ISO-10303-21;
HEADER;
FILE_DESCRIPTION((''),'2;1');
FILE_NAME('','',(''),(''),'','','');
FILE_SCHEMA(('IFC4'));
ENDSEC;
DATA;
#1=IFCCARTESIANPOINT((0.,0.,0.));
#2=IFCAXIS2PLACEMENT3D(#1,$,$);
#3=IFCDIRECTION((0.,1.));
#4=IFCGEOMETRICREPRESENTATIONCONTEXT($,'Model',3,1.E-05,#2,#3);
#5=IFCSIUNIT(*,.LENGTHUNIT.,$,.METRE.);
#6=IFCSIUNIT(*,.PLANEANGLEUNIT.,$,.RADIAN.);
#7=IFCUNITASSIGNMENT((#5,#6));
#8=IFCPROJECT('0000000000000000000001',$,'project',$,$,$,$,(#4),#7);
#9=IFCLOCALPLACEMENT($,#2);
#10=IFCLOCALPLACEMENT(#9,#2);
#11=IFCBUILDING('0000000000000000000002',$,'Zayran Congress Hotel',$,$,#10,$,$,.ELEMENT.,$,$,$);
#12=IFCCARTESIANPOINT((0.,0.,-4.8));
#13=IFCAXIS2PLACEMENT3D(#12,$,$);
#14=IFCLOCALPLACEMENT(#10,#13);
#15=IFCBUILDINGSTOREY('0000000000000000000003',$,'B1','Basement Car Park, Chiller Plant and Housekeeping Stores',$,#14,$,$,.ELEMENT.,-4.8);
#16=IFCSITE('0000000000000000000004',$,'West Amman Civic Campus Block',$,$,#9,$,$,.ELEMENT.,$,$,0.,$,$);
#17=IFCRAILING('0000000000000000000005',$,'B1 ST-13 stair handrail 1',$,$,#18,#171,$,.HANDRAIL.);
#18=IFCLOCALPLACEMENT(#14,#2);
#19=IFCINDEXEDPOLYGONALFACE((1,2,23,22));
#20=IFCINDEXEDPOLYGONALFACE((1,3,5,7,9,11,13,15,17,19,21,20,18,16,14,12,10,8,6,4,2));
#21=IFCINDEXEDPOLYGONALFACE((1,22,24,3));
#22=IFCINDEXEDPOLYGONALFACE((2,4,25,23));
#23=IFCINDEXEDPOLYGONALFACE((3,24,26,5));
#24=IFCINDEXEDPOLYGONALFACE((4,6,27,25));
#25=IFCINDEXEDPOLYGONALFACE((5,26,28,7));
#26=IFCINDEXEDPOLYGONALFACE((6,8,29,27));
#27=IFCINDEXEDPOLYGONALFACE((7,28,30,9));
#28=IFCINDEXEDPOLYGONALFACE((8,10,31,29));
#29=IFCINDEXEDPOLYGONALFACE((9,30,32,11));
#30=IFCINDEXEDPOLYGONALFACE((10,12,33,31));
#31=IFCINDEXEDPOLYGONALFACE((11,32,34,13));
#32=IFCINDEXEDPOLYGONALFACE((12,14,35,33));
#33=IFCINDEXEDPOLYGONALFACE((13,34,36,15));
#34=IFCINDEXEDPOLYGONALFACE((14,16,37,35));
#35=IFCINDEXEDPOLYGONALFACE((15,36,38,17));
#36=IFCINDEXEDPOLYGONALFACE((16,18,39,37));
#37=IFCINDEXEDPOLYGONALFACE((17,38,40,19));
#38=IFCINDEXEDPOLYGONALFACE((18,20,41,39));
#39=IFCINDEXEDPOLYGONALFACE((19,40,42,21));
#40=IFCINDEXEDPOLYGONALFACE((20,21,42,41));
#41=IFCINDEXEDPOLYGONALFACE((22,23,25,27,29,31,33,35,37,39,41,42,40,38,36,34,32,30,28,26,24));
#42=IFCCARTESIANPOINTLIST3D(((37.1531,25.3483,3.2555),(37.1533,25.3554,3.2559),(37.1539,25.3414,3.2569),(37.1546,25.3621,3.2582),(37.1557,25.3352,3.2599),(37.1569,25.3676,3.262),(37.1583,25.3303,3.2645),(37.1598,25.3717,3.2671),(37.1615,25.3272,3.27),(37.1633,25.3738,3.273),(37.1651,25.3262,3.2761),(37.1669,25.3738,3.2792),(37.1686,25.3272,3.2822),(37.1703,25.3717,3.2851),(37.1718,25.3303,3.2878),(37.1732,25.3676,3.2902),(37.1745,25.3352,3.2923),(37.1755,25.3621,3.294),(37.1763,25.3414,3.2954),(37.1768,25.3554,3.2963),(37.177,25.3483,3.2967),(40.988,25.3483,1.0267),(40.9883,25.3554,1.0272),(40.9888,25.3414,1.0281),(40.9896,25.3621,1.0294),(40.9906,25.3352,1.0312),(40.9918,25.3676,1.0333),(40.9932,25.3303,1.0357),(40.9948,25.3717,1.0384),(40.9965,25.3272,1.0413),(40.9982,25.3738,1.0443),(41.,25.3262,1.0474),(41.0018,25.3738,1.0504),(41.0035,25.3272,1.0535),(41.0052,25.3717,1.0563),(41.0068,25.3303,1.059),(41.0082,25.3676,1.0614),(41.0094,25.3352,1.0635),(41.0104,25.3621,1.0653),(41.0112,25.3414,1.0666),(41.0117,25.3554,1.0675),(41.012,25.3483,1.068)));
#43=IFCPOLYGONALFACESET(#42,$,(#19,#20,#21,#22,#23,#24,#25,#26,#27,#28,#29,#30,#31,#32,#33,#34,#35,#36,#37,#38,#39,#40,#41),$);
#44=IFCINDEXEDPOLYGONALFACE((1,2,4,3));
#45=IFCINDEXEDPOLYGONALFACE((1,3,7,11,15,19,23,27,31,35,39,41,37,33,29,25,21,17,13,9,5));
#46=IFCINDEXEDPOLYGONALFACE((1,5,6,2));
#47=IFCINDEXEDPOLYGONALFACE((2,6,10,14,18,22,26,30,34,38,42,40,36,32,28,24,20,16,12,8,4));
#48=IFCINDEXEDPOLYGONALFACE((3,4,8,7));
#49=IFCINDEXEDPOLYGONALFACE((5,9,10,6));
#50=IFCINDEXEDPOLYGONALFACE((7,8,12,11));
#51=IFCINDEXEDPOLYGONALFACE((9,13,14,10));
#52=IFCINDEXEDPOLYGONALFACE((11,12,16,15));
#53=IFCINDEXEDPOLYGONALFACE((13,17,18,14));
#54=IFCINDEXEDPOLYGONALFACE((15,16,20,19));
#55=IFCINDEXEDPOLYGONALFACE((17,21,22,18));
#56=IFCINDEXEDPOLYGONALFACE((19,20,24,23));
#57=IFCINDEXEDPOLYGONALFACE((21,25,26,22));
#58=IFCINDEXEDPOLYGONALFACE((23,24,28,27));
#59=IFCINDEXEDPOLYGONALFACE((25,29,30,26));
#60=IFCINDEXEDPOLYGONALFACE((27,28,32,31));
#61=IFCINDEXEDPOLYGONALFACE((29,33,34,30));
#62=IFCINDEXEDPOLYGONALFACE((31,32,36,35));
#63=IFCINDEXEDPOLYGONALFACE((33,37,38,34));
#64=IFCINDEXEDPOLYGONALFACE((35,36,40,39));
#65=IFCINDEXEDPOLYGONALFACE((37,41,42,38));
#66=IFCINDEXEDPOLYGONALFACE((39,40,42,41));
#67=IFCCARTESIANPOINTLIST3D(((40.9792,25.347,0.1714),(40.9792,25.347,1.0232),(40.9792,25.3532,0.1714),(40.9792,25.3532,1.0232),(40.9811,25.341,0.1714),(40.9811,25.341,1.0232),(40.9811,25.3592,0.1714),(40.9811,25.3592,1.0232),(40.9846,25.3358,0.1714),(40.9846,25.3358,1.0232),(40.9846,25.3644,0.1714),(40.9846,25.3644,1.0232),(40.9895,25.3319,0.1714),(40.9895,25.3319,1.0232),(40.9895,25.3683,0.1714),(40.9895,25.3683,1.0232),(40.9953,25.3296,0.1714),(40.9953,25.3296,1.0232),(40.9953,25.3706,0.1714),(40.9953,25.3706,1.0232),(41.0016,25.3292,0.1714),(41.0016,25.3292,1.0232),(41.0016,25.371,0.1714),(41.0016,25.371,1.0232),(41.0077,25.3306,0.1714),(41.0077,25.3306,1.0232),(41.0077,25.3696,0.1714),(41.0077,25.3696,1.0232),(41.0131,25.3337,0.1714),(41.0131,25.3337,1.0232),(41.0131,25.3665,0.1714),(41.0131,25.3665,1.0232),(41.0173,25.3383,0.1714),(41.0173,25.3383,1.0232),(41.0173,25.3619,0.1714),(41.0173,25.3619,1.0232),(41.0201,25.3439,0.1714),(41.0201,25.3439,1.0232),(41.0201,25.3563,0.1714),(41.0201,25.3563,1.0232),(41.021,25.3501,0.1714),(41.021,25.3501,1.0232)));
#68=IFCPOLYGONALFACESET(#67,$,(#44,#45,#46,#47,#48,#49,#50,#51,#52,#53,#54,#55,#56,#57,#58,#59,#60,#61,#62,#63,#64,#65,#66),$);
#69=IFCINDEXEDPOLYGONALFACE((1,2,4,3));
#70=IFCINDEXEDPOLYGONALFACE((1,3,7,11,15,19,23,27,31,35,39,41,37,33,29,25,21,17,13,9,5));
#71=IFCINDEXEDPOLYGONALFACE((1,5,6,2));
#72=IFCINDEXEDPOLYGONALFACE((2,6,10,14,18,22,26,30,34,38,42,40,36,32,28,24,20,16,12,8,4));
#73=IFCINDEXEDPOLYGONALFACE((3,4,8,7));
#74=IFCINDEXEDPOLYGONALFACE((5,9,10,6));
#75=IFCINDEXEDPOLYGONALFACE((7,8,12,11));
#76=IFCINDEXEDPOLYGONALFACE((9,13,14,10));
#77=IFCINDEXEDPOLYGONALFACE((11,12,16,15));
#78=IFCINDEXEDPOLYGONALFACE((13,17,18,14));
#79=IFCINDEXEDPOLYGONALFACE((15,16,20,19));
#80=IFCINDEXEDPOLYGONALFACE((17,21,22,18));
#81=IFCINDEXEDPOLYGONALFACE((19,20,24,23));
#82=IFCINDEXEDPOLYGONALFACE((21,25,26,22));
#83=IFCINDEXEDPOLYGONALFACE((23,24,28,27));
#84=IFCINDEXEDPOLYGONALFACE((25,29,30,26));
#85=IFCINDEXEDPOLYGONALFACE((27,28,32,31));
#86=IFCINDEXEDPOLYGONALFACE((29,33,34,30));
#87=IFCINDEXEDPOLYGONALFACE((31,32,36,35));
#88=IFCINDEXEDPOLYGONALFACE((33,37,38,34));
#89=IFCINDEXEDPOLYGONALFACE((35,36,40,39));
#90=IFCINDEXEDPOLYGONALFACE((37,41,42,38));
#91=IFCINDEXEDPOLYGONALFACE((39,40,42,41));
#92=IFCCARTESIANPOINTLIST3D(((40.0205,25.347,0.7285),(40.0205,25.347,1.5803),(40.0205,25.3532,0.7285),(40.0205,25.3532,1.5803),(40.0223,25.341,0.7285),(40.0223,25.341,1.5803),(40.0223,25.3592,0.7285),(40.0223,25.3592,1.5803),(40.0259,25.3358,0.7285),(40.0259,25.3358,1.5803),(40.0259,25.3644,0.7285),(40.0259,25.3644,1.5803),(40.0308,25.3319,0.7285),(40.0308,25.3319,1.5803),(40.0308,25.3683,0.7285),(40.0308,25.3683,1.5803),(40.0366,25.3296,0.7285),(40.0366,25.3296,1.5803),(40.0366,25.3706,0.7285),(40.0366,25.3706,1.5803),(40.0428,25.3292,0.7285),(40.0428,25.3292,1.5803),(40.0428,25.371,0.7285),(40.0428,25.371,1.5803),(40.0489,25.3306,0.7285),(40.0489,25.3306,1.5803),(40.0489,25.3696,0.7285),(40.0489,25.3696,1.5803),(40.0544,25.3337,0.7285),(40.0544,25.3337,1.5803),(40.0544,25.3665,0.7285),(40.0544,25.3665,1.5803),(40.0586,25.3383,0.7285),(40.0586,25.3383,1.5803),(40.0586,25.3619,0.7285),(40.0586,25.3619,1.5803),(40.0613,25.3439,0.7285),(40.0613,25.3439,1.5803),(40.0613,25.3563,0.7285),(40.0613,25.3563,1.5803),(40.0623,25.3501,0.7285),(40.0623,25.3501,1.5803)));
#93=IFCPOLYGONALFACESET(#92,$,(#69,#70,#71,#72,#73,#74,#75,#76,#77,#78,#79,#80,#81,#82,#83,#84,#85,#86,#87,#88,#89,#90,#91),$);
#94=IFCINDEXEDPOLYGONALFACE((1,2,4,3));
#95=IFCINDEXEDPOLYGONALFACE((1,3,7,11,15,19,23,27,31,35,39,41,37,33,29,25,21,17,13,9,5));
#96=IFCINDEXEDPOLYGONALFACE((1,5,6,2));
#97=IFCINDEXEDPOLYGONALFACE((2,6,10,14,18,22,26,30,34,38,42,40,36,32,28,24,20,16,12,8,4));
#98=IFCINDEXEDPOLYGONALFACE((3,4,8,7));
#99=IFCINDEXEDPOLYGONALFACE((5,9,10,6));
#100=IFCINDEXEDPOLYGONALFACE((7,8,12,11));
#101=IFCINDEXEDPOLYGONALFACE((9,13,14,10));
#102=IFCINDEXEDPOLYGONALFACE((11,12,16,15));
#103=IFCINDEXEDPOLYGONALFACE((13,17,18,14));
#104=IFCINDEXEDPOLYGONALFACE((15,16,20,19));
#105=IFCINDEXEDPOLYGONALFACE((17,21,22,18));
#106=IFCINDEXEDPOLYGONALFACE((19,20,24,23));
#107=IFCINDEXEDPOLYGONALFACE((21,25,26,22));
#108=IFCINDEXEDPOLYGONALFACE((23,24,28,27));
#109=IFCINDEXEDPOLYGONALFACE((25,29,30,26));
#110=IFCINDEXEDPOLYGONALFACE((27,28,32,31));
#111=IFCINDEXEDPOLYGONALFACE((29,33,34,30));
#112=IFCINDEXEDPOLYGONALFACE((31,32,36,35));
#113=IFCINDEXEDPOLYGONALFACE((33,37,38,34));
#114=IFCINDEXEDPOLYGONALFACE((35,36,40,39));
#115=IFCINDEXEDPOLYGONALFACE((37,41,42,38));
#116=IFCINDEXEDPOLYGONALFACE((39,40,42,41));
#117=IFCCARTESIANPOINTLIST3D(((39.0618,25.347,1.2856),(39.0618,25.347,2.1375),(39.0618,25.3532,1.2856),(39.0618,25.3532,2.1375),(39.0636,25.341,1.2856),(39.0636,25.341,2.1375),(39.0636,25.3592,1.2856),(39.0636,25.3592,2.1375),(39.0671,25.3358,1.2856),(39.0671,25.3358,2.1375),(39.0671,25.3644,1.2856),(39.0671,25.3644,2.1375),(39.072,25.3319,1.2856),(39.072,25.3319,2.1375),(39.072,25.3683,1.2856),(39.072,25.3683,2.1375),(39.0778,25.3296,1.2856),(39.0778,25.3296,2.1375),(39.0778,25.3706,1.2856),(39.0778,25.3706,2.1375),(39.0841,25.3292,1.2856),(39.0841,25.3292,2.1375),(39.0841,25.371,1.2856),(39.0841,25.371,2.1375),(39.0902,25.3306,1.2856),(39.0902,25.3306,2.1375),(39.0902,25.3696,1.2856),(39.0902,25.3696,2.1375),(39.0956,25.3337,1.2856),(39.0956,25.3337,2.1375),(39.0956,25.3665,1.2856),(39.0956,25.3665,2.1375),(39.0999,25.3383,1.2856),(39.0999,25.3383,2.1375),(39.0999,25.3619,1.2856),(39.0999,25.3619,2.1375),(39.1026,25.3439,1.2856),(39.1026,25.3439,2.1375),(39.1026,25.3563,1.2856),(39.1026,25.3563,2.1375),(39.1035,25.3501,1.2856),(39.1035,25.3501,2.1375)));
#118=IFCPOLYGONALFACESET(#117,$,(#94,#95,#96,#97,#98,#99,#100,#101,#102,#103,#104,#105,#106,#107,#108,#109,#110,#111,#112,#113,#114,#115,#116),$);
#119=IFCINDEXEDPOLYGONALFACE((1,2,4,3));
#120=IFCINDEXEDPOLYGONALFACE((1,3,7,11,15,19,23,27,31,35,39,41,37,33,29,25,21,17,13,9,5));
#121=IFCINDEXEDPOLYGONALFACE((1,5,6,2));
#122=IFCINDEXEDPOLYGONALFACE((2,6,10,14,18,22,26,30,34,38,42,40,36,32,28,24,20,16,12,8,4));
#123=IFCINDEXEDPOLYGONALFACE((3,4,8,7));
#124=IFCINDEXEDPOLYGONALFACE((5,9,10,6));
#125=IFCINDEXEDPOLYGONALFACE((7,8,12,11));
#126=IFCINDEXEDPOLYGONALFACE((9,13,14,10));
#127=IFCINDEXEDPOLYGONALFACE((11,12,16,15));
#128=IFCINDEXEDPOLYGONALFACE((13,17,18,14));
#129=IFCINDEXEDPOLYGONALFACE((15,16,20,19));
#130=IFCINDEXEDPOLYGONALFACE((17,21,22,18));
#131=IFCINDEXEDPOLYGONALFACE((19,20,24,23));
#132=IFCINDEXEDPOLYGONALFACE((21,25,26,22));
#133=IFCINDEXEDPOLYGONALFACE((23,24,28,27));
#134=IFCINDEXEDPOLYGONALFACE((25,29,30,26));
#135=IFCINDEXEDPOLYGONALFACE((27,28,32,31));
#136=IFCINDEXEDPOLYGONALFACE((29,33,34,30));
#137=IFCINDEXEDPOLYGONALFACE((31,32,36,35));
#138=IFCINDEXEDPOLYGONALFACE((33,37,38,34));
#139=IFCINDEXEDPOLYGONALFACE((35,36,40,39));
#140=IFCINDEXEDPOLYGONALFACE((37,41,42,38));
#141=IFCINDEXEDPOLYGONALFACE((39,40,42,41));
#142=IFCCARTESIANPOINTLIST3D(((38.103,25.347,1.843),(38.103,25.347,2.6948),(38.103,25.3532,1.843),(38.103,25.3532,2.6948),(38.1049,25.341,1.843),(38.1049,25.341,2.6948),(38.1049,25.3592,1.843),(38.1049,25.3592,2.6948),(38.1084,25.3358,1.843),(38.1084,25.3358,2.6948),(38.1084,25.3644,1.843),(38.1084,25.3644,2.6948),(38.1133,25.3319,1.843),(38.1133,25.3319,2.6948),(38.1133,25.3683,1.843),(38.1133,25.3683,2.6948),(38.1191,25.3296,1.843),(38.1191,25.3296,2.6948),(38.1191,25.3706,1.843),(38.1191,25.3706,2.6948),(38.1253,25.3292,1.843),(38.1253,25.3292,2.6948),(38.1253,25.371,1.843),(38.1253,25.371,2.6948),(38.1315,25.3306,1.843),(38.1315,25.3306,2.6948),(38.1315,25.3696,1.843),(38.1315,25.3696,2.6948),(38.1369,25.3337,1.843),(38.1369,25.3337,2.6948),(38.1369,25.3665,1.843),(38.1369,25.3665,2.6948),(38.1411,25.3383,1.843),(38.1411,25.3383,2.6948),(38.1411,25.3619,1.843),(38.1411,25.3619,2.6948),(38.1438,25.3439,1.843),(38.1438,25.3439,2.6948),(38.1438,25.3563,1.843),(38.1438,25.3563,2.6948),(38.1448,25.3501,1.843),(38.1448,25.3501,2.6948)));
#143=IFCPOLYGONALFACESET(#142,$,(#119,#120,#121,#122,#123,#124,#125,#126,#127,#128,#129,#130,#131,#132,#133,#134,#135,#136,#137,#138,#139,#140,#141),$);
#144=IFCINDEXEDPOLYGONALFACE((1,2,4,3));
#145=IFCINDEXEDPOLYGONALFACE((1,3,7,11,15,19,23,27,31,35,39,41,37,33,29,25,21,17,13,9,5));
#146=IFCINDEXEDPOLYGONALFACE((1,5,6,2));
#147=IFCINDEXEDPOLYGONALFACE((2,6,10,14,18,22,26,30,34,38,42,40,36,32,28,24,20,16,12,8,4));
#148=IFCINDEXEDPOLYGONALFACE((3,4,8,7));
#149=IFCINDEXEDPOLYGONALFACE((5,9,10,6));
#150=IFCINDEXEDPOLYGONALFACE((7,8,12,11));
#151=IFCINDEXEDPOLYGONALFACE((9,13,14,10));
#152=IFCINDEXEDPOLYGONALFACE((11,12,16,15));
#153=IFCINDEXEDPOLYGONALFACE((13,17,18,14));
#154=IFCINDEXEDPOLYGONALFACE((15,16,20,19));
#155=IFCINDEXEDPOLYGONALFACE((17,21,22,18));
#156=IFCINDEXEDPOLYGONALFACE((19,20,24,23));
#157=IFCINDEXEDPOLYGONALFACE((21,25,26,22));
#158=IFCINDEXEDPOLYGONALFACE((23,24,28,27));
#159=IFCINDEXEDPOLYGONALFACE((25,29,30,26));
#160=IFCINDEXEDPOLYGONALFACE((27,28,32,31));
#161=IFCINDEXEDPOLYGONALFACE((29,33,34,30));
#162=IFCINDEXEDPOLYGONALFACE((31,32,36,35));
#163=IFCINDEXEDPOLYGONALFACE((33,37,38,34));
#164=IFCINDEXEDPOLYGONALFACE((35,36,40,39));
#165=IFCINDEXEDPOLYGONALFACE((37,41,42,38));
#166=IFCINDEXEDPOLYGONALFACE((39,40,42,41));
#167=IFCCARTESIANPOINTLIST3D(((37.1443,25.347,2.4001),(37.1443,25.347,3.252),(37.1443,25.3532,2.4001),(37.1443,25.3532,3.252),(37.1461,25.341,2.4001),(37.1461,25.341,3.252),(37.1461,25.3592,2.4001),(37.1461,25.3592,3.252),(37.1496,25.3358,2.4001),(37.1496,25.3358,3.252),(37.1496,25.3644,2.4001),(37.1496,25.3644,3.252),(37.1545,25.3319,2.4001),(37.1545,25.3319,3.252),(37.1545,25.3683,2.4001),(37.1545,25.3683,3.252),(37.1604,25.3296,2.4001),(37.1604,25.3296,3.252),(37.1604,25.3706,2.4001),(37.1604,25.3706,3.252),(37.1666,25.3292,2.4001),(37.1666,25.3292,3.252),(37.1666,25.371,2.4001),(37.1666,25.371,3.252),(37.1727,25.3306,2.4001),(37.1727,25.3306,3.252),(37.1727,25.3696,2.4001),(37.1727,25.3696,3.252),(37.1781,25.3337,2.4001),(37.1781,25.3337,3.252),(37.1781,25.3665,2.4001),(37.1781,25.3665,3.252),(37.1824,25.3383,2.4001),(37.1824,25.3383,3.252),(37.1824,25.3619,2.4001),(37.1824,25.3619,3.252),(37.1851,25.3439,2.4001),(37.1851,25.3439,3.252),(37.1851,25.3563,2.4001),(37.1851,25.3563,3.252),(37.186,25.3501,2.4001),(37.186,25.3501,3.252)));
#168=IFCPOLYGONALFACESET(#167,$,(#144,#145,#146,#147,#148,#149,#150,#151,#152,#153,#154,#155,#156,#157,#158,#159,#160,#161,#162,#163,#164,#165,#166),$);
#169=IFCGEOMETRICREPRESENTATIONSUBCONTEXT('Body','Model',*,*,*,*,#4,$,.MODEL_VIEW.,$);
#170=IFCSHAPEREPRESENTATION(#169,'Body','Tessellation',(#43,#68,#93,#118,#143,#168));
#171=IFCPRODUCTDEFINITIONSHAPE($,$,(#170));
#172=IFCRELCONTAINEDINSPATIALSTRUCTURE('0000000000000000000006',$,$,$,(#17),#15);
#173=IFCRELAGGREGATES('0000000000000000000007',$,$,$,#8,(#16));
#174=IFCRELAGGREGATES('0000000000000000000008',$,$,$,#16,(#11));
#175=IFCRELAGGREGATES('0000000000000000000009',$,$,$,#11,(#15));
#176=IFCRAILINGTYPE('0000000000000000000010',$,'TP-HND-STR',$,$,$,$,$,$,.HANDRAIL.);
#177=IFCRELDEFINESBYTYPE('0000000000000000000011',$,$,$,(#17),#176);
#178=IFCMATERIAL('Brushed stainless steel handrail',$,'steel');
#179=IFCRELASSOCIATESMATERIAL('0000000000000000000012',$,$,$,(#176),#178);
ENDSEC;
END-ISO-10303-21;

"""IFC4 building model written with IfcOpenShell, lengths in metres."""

from ifc_helpers import new_model, si_unit, direction, frame, origin, origin_2d, place, context, subcontext, project, spatial, circle, extrude, material, type_object, element, save


model = new_model("IFC4")

# Units and contexts
model_context = context("Model", 3, precision=1e-05, world=origin(), true_north=direction((0.0, 1.0)))
body_context = subcontext(model_context, "Body", "Model", "MODEL_VIEW")
ifc_project = project(units=[si_unit("LENGTHUNIT", "METRE"), si_unit("PLANEANGLEUNIT", "RADIAN")], contexts=[model_context])

# Site, building, storey
site_placement = place(None, origin())
site = spatial("IfcSite", under=ifc_project, at=site_placement, Name="West Amman Civic Campus Block", CompositionType="ELEMENT", RefElevation=0.0)
building_placement = place(site_placement, origin())
building = spatial("IfcBuilding", under=site, at=building_placement, Name="Zayran Congress Hotel", CompositionType="ELEMENT")
storey_placement = place(building_placement, frame((0.0, 0.0, -4.8)))
storey = spatial("IfcBuildingStorey", under=building, at=storey_placement, Name="B1", Description="Basement Car Park, Chiller Plant and Housekeeping Stores", CompositionType="ELEMENT", Elevation=-4.8)

# Railing
ifc_material_1 = material(Name="Brushed stainless steel handrail", Category="steel")
railing_type_1 = type_object("IfcRailingType", Name="TP-HND-STR", PredefinedType="HANDRAIL", material=ifc_material_1)
railing_1_placement = place(storey_placement, frame((41.0, 25.3501, 0.1714)))
element("IfcRailing", 1, at=railing_1_placement, inside=storey, type_object=railing_type_1, Name="B1 ST-13 stair handrail 1", PredefinedType="HANDRAIL", context=body_context, shape_type="SweptSolid", body=[
    extrude(circle(Radius=0.0239, at=origin_2d()), frame((0.0, 0.0, 0.876), z_axis=(-0.864592, 0.0, 0.502474), x_axis=(0.0, -1.0, 0.0)), (0.0, 0.0, 1.0), 4.4355),
    extrude(circle(Radius=0.021, at=origin_2d()), origin(), (0.0, 0.0, 1.0), 0.8518),
    extrude(circle(Radius=0.021, at=origin_2d()), frame((-0.9587, 0.0, 0.5571)), (0.0, 0.0, 1.0), 0.8518),
    extrude(circle(Radius=0.021, at=origin_2d()), frame((-1.9175, 0.0, 1.1143)), (0.0, 0.0, 1.0), 0.8518),
    extrude(circle(Radius=0.021, at=origin_2d()), frame((-2.8762, 0.0, 1.6716)), (0.0, 0.0, 1.0), 0.8518),
    extrude(circle(Radius=0.021, at=origin_2d()), frame((-3.835, 0.0, 2.2288)), (0.0, 0.0, 1.0), 0.8518),
])

save(model, "model.ifc")
